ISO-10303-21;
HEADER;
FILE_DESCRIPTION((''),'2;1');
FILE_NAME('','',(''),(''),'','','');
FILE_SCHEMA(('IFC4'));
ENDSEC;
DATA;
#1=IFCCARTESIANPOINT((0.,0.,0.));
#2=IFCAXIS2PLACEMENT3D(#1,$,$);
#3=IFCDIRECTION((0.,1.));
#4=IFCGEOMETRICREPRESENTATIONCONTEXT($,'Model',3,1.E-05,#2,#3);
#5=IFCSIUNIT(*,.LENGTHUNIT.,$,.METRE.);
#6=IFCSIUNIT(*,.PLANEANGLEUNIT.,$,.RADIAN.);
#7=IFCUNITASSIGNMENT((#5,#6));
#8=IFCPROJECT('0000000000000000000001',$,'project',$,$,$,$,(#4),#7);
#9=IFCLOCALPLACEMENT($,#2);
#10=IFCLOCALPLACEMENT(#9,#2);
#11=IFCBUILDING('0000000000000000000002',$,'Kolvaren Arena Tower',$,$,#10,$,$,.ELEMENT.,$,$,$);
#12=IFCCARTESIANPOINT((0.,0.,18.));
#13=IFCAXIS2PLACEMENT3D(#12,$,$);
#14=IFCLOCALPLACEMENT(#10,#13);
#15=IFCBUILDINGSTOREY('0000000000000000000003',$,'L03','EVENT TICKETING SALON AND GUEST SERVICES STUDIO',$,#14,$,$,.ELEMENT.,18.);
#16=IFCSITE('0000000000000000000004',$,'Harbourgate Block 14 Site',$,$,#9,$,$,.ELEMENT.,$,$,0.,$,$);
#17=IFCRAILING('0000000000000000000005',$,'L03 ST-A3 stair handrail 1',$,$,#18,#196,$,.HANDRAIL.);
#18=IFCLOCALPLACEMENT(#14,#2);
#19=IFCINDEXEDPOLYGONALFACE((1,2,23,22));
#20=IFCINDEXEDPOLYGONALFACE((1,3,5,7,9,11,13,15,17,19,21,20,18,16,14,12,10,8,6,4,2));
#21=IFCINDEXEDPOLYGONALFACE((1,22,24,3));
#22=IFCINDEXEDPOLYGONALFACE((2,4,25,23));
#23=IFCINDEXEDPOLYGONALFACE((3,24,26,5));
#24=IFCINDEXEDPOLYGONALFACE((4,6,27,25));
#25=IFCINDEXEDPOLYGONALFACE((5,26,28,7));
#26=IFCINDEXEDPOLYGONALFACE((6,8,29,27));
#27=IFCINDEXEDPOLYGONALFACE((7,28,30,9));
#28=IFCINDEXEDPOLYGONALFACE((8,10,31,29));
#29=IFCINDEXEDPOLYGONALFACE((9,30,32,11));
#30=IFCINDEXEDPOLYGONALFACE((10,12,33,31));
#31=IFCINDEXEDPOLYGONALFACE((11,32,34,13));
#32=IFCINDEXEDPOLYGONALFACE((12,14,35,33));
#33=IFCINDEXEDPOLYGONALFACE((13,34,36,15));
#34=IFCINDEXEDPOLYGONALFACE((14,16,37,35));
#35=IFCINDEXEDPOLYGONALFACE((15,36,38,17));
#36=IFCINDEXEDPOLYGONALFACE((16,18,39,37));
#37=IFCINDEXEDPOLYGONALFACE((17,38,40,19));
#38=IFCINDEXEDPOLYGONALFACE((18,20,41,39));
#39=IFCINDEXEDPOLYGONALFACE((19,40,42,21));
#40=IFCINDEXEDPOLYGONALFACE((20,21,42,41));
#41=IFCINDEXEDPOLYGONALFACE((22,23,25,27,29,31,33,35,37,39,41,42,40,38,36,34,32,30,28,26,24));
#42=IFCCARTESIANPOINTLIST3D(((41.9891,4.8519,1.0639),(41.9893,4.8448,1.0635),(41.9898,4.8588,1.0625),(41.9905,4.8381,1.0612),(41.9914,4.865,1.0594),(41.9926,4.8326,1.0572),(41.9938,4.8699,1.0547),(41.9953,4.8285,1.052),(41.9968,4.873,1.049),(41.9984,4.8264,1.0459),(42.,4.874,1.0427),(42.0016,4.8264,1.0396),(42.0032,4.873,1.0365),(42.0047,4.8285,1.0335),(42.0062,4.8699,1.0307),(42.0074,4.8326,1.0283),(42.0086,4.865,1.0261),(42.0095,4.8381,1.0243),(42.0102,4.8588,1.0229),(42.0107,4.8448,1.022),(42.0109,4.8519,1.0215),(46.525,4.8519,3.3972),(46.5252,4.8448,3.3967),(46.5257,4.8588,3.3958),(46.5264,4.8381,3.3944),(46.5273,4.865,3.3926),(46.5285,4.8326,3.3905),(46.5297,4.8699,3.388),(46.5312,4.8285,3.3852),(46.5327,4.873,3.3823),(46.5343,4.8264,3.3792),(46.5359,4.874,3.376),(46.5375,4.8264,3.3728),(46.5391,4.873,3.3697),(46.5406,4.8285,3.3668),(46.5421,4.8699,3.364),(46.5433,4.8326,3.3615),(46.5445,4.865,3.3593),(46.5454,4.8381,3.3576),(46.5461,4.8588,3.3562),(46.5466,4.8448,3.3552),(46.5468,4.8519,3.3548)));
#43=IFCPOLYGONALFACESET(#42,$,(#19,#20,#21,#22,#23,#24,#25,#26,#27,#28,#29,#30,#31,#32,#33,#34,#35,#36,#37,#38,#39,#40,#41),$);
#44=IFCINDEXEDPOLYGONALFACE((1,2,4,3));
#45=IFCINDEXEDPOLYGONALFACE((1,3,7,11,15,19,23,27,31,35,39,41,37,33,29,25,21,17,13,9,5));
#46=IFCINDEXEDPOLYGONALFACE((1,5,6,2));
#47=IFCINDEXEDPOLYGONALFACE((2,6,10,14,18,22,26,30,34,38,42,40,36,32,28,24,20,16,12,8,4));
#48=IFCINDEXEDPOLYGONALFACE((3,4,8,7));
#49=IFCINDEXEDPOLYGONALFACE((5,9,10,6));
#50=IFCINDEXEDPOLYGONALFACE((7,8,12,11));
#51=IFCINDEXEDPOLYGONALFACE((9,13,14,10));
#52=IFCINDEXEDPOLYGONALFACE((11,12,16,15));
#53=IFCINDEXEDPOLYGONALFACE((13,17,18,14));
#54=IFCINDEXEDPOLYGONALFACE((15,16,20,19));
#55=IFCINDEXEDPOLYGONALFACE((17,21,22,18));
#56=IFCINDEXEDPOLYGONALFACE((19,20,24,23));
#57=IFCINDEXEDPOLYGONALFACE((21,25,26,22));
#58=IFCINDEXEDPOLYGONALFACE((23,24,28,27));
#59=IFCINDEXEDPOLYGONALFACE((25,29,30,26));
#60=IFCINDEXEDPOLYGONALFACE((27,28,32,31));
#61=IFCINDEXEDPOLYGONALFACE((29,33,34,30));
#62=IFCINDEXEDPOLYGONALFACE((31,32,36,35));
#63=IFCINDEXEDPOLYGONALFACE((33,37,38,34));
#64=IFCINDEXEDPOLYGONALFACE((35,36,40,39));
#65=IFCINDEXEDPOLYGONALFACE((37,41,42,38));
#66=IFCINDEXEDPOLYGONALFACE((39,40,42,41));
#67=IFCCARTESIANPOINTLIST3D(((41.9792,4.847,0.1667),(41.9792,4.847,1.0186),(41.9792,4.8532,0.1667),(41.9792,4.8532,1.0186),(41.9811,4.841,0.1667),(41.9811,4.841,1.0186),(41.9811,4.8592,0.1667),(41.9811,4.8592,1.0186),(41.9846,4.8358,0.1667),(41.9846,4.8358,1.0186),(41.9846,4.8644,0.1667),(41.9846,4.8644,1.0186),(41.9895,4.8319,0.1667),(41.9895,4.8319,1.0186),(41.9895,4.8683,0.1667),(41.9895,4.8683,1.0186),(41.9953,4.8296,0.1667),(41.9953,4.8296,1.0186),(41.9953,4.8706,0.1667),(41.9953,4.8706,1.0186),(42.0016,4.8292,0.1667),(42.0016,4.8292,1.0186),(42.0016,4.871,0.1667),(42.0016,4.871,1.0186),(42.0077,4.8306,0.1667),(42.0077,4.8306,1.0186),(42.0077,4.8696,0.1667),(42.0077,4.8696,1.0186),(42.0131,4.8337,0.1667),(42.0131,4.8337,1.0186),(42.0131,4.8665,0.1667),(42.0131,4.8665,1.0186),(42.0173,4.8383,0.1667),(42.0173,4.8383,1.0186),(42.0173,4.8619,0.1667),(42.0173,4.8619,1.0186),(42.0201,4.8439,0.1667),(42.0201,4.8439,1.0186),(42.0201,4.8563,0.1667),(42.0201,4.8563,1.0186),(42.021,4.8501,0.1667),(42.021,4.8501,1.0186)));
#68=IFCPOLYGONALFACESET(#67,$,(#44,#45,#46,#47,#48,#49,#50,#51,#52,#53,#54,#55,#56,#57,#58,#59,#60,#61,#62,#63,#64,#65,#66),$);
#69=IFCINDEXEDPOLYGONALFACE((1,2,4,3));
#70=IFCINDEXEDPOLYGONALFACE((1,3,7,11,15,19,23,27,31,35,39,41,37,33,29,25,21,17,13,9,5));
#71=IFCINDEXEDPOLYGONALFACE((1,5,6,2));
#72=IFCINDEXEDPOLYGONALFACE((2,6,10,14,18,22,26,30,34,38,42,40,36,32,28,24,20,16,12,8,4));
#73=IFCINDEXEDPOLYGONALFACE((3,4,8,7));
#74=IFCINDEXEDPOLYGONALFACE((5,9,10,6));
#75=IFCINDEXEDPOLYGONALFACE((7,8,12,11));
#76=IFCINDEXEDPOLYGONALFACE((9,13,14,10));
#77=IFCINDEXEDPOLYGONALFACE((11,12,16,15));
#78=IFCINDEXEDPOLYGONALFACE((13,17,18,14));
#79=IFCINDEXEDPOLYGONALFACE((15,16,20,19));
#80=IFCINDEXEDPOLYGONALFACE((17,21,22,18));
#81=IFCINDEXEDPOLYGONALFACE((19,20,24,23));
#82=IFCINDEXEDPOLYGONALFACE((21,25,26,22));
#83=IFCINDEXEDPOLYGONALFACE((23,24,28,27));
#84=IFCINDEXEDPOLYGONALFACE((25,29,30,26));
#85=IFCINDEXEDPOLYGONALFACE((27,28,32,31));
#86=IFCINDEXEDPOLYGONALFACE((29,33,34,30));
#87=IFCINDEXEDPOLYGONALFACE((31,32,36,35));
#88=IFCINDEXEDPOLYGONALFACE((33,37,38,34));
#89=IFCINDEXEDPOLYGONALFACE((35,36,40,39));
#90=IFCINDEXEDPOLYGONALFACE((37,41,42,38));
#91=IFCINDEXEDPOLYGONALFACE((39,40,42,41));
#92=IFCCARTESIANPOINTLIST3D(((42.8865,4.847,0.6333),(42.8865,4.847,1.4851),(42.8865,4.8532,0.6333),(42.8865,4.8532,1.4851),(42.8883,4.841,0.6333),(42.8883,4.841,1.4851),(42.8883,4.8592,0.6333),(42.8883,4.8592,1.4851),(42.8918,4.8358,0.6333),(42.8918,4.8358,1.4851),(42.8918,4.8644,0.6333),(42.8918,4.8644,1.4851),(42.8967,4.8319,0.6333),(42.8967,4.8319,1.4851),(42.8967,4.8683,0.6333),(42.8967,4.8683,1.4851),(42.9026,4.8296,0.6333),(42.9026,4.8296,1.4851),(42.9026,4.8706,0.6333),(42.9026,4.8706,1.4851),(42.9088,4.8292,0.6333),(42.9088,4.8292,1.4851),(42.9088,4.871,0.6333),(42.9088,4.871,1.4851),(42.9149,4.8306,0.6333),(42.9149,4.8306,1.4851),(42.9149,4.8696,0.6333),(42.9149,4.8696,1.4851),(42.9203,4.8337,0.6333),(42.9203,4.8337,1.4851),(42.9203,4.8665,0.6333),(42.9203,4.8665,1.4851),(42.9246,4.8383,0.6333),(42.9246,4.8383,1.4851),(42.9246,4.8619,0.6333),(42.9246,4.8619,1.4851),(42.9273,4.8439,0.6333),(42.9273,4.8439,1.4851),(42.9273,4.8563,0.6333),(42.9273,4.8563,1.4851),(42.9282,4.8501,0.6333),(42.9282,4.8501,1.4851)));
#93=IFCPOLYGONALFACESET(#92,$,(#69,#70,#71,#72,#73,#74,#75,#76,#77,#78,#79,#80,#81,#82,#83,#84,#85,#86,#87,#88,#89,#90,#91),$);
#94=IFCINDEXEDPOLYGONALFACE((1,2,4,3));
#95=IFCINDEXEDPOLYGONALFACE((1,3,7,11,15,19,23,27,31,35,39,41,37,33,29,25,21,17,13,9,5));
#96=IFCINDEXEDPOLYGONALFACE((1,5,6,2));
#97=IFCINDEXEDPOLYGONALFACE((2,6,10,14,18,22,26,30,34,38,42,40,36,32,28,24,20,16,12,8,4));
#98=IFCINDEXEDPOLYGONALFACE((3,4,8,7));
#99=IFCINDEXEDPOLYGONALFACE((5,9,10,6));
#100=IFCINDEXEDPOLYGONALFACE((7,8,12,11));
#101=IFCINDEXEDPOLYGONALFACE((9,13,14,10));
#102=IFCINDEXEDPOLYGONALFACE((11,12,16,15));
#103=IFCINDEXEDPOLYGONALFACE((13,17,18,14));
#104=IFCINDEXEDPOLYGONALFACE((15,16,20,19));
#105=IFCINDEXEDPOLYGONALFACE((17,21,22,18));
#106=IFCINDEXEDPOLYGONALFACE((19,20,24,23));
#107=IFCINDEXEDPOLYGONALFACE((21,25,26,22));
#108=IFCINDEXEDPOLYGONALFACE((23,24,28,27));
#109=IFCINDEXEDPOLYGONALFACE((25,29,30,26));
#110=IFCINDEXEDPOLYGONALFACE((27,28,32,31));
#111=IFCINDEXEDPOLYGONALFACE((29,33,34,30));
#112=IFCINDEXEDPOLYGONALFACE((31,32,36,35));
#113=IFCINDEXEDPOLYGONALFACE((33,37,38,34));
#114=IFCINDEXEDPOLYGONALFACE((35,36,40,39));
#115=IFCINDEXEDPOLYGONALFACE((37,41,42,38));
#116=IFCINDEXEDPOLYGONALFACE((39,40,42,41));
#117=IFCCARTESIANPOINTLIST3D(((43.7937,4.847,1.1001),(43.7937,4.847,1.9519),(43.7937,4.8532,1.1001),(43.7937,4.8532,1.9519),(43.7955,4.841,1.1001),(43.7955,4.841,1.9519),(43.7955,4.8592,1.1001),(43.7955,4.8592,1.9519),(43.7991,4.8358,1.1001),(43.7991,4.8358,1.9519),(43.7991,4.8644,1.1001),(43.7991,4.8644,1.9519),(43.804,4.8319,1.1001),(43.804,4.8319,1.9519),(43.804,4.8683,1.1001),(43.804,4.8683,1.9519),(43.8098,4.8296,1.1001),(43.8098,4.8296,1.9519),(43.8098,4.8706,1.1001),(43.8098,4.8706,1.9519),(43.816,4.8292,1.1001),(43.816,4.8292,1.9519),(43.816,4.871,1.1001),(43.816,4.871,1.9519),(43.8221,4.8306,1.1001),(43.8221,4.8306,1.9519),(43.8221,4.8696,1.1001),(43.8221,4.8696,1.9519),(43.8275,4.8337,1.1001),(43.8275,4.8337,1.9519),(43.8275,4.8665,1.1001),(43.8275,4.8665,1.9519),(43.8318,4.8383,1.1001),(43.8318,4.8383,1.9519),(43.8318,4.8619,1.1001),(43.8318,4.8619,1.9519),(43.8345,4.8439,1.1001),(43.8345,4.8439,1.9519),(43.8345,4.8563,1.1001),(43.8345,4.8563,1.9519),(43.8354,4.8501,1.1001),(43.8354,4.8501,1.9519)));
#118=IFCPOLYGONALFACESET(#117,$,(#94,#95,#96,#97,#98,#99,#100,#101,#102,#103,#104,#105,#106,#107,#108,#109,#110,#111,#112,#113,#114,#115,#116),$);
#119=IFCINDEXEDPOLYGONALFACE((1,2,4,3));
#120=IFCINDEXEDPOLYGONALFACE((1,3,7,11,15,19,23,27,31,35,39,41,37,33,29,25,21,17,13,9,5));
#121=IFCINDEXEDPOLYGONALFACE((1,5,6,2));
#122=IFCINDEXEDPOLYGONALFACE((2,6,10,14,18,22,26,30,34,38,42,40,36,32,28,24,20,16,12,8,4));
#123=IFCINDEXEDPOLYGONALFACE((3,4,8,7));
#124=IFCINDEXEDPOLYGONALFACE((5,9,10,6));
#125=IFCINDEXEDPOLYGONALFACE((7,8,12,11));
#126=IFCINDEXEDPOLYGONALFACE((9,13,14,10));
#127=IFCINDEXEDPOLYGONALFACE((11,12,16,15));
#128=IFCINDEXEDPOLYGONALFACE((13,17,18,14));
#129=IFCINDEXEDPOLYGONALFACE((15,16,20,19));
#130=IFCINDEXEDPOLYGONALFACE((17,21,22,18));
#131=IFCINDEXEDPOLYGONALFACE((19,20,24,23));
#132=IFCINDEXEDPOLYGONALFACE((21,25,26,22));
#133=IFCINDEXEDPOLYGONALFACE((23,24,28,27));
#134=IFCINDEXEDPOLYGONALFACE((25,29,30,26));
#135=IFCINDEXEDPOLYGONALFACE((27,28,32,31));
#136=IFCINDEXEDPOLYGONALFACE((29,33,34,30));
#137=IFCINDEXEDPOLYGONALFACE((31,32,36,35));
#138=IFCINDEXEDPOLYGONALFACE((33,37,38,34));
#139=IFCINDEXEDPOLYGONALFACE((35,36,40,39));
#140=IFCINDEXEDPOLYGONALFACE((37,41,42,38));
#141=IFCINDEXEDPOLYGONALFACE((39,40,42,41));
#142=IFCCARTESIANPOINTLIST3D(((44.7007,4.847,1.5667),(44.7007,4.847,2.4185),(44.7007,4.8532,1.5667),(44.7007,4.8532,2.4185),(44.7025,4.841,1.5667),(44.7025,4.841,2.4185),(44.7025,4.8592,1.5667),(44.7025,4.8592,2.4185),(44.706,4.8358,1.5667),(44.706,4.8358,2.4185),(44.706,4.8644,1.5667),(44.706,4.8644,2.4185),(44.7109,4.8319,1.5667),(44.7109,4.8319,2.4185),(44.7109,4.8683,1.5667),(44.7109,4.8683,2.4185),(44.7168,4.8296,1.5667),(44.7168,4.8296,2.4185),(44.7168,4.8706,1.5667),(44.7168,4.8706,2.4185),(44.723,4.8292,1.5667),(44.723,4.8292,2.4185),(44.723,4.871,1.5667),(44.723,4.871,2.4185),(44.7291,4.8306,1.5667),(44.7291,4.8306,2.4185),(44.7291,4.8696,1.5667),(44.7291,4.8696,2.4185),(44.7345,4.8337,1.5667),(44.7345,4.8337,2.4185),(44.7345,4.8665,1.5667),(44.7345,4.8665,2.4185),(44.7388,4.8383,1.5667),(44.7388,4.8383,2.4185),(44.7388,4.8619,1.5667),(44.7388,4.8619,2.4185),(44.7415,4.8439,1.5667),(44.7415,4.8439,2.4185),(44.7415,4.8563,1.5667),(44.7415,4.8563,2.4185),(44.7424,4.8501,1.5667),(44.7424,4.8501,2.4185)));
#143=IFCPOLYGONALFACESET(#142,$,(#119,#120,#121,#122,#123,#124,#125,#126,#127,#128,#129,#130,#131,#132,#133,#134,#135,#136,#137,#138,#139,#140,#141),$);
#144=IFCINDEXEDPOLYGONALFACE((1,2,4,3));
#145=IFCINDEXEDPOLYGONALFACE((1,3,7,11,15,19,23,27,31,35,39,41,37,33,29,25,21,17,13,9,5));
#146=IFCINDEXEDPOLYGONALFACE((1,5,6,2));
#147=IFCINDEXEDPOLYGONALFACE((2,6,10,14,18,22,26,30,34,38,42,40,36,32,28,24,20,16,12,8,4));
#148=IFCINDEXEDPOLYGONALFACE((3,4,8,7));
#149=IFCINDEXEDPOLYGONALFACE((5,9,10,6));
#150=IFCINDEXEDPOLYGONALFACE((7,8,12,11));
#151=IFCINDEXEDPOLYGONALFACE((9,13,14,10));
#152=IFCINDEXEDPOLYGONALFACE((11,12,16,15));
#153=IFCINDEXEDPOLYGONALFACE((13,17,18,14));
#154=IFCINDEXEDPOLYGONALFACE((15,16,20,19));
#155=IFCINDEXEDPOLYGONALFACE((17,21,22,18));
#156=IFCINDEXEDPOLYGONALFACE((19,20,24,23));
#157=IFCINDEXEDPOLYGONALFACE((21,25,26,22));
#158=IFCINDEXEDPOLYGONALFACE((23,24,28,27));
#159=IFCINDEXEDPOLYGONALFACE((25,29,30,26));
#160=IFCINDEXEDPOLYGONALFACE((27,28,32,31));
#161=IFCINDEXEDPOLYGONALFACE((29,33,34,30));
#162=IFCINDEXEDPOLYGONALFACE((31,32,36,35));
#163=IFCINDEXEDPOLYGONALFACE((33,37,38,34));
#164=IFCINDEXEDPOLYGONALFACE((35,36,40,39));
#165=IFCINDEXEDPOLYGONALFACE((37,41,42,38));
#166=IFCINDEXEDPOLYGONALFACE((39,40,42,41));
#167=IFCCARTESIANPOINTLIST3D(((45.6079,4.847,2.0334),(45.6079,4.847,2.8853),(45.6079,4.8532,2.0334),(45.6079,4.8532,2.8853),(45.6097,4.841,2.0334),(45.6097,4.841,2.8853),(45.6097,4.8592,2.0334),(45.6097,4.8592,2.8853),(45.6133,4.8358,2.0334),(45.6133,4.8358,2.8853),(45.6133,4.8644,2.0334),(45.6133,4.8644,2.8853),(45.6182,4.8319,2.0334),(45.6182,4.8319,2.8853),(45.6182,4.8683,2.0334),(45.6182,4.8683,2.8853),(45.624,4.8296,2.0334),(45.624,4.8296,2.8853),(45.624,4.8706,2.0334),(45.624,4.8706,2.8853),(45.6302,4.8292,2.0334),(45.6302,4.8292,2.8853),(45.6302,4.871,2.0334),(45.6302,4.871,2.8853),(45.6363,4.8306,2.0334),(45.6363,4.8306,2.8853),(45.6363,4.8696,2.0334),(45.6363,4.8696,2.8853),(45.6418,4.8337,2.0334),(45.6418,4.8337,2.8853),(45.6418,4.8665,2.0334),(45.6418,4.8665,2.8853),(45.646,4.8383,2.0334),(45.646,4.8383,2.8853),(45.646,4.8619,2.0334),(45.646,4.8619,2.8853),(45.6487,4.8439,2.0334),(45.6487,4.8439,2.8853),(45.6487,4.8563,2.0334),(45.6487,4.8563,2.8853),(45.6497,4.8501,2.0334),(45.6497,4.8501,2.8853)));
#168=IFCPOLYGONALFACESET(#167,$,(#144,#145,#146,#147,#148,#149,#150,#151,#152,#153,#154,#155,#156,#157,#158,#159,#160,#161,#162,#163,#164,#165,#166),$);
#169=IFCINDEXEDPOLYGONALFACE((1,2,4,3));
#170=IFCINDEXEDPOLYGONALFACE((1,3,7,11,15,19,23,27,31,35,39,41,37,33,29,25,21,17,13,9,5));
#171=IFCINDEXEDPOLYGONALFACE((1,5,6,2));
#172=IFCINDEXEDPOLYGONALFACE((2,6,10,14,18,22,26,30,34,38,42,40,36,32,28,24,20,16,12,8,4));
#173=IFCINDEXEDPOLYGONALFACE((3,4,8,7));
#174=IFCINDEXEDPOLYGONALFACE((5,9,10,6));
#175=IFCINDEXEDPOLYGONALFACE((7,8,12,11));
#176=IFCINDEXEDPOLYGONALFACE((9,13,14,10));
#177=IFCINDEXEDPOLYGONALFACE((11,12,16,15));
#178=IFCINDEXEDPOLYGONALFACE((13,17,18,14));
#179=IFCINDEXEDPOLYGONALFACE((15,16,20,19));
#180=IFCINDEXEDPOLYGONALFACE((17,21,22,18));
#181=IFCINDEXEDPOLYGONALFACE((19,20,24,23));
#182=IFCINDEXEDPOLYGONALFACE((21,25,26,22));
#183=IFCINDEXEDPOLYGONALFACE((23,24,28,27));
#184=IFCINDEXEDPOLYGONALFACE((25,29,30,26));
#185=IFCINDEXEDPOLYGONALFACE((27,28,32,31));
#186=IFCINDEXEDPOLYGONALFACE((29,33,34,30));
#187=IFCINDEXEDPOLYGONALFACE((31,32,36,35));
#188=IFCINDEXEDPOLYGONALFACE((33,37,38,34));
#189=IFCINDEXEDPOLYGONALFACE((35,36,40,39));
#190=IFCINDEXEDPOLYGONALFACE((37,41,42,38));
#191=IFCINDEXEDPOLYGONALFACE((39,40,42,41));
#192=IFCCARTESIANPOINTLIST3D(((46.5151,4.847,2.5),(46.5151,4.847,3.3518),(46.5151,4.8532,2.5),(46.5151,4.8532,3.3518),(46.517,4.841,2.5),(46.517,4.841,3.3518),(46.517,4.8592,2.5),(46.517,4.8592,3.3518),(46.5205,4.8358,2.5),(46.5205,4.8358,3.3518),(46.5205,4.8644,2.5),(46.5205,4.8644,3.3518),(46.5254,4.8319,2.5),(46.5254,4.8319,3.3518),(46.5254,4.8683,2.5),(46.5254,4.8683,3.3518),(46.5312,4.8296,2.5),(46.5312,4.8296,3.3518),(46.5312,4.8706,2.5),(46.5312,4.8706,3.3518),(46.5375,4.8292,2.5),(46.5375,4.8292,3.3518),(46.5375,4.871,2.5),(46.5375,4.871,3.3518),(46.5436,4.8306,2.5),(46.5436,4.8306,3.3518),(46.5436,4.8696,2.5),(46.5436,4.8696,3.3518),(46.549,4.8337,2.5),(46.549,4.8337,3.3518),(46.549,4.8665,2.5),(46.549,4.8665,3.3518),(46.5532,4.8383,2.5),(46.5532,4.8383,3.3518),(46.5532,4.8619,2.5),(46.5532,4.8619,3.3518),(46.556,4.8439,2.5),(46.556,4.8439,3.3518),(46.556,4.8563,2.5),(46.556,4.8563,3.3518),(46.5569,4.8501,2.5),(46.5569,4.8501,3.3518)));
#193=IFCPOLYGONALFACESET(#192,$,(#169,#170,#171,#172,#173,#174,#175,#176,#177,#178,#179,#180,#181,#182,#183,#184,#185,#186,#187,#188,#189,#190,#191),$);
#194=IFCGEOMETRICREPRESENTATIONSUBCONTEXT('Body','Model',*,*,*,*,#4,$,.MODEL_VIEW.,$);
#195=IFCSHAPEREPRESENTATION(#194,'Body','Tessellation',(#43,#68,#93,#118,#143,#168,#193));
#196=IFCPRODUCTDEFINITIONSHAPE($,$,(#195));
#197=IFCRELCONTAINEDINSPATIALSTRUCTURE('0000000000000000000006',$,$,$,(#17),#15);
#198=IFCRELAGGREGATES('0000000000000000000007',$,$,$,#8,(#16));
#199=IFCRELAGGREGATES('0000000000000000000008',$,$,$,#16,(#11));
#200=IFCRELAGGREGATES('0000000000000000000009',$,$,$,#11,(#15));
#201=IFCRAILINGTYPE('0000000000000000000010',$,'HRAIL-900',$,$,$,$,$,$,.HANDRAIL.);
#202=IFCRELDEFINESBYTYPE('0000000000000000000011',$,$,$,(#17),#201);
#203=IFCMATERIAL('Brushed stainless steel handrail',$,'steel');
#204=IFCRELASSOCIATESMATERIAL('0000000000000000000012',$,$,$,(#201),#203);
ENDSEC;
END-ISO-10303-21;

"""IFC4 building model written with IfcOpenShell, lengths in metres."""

from ifc_helpers import new_model, si_unit, direction, frame, origin, origin_2d, place, context, subcontext, project, spatial, circle, extrude, material, type_object, element, save


model = new_model("IFC4")

# Units and contexts
model_context = context("Model", 3, precision=1e-05, world=origin(), true_north=direction((0.0, 1.0)))
body_context = subcontext(model_context, "Body", "Model", "MODEL_VIEW")
ifc_project = project(units=[si_unit("LENGTHUNIT", "METRE"), si_unit("PLANEANGLEUNIT", "RADIAN")], contexts=[model_context])

# Site, building, storey
site_placement = place(None, origin())
site = spatial("IfcSite", under=ifc_project, at=site_placement, Name="Harbourgate Block 14 Site", CompositionType="ELEMENT", RefElevation=0.0)
building_placement = place(site_placement, origin())
building = spatial("IfcBuilding", under=site, at=building_placement, Name="Kolvaren Arena Tower", CompositionType="ELEMENT")
storey_placement = place(building_placement, frame((0.0, 0.0, 18.0)))
storey = spatial("IfcBuildingStorey", under=building, at=storey_placement, Name="L03", Description="EVENT TICKETING SALON AND GUEST SERVICES STUDIO", CompositionType="ELEMENT", Elevation=18.0)

# Railing
ifc_material_1 = material(Name="Brushed stainless steel handrail", Category="steel")
railing_type_1 = type_object("IfcRailingType", Name="HRAIL-900", PredefinedType="HANDRAIL", material=ifc_material_1)
railing_1_placement = place(storey_placement, frame((42.0, 4.8501, 0.1667)))
element("IfcRailing", 1, at=railing_1_placement, inside=storey, type_object=railing_type_1, Name="L03 ST-A3 stair handrail 1", PredefinedType="HANDRAIL", context=body_context, shape_type="SweptSolid", body=[
    extrude(circle(Radius=0.0239, at=origin_2d()), frame((0.0, 0.0, 0.876), z_axis=(0.889247, 0.0, 0.457427), x_axis=(0.0, 1.0, 0.0)), (0.0, 0.0, 1.0), 5.1008),
    extrude(circle(Radius=0.021, at=origin_2d()), origin(), (0.0, 0.0, 1.0), 0.8518),
    extrude(circle(Radius=0.021, at=origin_2d()), frame((0.9072, 0.0, 0.4666)), (0.0, 0.0, 1.0), 0.8518),
    extrude(circle(Radius=0.021, at=origin_2d()), frame((1.8145, 0.0, 0.9333)), (0.0, 0.0, 1.0), 0.8518),
    extrude(circle(Radius=0.021, at=origin_2d()), frame((2.7214, 0.0, 1.3999)), (0.0, 0.0, 1.0), 0.8518),
    extrude(circle(Radius=0.021, at=origin_2d()), frame((3.6287, 0.0, 1.8667)), (0.0, 0.0, 1.0), 0.8518),
    extrude(circle(Radius=0.021, at=origin_2d()), frame((4.5359, 0.0, 2.3333)), (0.0, 0.0, 1.0), 0.8518),
])

save(model, "model.ifc")
